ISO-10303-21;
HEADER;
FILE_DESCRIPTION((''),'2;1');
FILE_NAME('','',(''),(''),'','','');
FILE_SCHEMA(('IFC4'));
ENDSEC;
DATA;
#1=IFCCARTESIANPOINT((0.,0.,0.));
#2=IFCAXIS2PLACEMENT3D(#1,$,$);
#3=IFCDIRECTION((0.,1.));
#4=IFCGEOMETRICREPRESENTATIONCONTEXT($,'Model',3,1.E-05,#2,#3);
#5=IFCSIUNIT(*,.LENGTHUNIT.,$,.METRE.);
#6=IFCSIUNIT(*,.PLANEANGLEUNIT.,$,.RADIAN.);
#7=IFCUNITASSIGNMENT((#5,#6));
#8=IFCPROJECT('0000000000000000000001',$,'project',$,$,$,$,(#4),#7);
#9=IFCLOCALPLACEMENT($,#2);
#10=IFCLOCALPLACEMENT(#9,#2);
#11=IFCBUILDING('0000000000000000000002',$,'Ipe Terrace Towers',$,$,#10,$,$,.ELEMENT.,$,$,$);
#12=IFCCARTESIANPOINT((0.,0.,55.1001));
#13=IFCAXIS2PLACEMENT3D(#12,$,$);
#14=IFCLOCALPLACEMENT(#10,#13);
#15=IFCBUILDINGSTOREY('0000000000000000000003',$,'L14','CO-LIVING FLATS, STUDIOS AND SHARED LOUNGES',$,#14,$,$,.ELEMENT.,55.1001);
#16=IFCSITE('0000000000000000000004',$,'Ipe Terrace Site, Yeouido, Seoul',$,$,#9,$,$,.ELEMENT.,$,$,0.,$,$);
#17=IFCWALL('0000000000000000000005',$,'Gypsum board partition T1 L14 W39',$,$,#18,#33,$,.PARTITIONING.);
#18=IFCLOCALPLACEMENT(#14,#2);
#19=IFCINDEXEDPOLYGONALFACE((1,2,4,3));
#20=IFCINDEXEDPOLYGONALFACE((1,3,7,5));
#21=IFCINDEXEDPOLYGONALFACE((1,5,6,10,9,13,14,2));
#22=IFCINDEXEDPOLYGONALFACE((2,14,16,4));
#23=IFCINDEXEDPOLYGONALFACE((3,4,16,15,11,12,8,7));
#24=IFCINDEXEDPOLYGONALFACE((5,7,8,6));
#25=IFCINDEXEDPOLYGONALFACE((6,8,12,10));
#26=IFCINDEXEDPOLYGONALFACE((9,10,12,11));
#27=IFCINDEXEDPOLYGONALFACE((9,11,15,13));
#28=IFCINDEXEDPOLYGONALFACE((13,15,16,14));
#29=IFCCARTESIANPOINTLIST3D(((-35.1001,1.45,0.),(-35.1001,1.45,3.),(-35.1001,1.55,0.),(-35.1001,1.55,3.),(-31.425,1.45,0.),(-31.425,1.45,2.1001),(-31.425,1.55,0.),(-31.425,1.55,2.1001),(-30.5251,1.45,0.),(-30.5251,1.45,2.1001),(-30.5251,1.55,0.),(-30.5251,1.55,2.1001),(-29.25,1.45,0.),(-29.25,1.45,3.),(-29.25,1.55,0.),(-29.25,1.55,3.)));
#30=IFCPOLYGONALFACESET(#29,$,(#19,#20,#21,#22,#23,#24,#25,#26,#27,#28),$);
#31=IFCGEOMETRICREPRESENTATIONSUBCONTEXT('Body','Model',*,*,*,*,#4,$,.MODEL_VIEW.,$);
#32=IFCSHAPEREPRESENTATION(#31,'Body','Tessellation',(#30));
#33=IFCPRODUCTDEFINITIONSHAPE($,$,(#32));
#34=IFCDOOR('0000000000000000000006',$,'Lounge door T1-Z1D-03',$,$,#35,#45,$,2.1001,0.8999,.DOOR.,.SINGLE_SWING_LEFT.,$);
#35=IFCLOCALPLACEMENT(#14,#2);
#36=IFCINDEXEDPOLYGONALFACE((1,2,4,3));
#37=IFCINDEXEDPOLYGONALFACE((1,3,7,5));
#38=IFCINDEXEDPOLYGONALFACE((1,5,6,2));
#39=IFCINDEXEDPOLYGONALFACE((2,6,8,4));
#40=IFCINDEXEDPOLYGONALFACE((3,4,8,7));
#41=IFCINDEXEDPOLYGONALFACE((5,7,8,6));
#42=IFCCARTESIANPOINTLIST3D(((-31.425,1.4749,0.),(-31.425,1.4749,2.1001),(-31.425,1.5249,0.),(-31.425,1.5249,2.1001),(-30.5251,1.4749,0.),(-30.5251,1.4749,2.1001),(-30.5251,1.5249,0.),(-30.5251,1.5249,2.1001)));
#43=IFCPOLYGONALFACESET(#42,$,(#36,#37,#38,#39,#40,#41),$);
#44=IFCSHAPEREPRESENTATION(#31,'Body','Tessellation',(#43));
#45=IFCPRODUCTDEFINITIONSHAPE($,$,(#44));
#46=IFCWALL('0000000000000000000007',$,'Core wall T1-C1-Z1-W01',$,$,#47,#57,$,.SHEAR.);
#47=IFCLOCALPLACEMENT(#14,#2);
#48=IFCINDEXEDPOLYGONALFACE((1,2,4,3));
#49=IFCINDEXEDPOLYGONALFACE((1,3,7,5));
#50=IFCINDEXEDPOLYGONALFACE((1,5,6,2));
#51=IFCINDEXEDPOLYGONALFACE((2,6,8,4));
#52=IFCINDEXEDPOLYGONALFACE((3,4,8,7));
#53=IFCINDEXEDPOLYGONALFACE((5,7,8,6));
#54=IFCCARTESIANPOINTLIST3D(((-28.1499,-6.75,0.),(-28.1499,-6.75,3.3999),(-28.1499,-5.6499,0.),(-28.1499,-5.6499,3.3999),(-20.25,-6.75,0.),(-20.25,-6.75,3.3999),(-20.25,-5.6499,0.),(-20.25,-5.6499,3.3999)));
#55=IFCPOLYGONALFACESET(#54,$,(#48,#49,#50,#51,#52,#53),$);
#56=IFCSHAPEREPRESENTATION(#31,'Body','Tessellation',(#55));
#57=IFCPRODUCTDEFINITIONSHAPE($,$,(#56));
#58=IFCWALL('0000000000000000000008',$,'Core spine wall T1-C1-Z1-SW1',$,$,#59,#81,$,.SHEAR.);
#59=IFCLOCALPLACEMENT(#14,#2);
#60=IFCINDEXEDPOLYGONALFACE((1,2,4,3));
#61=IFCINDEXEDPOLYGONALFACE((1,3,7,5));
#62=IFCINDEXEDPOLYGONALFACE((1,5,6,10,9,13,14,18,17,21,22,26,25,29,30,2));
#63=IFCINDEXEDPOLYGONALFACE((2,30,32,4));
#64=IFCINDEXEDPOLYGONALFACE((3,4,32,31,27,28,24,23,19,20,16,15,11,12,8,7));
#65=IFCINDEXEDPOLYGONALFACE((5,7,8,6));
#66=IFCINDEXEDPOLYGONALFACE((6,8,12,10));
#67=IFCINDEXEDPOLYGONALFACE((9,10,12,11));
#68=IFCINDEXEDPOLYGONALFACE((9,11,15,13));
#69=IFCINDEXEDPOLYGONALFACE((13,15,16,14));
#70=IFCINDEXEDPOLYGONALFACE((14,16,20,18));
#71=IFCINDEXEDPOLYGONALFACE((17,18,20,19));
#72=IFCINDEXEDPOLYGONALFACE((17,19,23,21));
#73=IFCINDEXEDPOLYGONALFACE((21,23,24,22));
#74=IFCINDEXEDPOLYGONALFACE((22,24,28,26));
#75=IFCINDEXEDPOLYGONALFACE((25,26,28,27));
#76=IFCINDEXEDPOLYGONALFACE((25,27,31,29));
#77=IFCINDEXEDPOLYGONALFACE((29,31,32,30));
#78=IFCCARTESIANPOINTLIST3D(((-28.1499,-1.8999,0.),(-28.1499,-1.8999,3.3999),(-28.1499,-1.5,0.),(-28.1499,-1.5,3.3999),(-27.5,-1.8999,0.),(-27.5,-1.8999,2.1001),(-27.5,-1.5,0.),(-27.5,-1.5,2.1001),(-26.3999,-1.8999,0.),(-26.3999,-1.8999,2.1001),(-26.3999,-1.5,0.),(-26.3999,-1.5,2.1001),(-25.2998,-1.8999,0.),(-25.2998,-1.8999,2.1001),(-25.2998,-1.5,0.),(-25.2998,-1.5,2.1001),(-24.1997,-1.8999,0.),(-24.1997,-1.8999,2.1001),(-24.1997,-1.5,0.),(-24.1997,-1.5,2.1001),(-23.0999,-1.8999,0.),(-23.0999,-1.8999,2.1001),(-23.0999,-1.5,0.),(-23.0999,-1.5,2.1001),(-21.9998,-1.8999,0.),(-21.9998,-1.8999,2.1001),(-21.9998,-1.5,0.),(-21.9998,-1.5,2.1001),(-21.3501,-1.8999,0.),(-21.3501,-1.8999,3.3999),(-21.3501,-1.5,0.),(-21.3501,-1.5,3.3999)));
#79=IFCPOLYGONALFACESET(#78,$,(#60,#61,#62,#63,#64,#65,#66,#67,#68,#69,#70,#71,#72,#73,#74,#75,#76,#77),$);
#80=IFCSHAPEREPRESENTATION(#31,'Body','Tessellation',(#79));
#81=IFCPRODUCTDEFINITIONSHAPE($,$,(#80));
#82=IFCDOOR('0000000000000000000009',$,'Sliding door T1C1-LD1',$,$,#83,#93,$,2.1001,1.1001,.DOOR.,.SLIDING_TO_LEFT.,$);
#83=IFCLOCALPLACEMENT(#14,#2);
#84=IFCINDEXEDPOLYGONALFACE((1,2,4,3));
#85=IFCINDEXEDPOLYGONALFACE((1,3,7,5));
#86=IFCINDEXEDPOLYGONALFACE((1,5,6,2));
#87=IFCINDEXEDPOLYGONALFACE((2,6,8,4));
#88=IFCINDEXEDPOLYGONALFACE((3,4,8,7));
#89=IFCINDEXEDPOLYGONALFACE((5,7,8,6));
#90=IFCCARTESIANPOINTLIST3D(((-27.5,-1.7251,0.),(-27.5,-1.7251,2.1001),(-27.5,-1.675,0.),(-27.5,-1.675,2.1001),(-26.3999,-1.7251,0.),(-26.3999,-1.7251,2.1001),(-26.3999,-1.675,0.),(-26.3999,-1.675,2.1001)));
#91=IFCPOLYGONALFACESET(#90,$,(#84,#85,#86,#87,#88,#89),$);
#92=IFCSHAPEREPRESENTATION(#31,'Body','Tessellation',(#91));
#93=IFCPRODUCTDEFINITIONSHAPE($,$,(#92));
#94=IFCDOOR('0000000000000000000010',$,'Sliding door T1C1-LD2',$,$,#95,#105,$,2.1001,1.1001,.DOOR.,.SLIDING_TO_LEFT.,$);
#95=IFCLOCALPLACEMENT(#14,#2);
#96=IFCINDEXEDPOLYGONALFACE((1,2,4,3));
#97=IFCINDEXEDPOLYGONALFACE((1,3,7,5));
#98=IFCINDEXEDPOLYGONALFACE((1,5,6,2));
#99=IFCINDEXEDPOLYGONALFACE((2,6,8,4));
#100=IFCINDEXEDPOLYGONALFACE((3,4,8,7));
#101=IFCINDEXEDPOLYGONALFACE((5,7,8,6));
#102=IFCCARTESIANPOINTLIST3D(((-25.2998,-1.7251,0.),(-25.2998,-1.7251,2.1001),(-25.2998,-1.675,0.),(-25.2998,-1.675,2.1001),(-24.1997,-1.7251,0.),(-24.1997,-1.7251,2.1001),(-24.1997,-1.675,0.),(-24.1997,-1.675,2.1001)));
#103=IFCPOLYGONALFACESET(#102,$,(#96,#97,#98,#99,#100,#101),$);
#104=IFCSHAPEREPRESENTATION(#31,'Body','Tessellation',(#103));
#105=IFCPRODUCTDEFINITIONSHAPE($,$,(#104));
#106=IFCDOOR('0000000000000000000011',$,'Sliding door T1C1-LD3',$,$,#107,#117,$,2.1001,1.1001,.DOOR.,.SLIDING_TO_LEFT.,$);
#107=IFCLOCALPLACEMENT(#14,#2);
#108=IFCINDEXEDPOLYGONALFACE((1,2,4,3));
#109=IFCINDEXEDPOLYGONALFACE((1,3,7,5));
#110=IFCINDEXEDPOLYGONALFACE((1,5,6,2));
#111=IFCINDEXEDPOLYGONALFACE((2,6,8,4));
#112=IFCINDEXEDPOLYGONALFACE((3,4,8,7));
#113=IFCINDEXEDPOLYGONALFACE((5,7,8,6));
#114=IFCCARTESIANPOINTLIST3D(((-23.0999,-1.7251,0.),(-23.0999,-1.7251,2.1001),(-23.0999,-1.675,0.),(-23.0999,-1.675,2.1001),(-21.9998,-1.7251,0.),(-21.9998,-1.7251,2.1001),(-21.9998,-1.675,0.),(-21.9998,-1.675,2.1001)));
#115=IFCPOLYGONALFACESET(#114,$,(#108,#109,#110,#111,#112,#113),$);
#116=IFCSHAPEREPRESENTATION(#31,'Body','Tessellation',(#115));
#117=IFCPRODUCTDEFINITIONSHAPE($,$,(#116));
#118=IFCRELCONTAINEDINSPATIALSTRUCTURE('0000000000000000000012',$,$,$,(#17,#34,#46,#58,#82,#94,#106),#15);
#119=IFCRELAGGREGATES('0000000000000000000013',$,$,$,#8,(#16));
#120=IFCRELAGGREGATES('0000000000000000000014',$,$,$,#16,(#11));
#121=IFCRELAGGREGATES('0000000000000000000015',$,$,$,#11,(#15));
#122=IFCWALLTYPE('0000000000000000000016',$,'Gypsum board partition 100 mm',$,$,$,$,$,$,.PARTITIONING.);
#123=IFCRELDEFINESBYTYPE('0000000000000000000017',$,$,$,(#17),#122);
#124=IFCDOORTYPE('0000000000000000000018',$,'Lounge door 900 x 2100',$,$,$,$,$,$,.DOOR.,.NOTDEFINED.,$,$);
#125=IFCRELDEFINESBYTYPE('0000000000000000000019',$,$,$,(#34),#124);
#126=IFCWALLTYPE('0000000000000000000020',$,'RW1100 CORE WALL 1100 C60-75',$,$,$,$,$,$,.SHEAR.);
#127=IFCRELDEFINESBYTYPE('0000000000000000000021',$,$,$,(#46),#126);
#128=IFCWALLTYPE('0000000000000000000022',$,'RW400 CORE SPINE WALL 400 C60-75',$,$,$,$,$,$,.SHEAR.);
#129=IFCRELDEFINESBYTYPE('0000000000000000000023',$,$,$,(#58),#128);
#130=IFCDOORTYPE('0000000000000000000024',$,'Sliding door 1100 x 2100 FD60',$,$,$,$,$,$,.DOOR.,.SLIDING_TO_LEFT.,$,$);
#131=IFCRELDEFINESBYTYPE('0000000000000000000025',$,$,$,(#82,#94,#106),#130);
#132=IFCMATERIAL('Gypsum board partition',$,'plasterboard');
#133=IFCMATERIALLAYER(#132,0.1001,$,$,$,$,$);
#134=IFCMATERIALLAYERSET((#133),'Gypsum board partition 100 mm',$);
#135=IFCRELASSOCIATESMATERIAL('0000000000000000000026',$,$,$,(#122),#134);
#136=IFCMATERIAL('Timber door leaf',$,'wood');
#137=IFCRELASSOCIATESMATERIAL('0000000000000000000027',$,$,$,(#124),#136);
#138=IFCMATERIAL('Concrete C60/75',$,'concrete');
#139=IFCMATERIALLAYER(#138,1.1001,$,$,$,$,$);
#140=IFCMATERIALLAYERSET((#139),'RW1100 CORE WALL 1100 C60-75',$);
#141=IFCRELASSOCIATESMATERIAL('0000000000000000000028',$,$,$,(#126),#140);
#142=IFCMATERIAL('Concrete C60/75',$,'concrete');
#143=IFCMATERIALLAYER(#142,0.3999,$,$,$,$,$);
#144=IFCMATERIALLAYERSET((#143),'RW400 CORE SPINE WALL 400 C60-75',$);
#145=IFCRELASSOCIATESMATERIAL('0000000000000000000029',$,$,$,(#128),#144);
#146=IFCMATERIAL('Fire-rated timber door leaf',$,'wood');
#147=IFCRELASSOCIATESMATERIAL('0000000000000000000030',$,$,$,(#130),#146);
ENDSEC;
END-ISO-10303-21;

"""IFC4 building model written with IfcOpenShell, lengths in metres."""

from ifc_helpers import new_model, si_unit, direction, frame, frame_2d, origin, place, context, subcontext, project, spatial, rectangle, extrude, material, layer, layer_set, type_object, element, fill, save


model = new_model("IFC4")

# Units and contexts
model_context = context("Model", 3, precision=1e-05, world=origin(), true_north=direction((0.0, 1.0)))
body_context = subcontext(model_context, "Body", "Model", "MODEL_VIEW")
ifc_project = project(units=[si_unit("LENGTHUNIT", "METRE"), si_unit("PLANEANGLEUNIT", "RADIAN")], contexts=[model_context])

# Site, building, storey
site_placement = place(None, origin())
site = spatial("IfcSite", under=ifc_project, at=site_placement, Name="Ipe Terrace Site, Yeouido, Seoul", CompositionType="ELEMENT", RefElevation=0.0)
building_placement = place(site_placement, origin())
building = spatial("IfcBuilding", under=site, at=building_placement, Name="Ipe Terrace Towers", CompositionType="ELEMENT")
storey_placement = place(building_placement, frame((0.0, 0.0, 55.1001)))
storey = spatial("IfcBuildingStorey", under=building, at=storey_placement, Name="L14", Description="CO-LIVING FLATS, STUDIOS AND SHARED LOUNGES", CompositionType="ELEMENT", Elevation=55.1001)

# Shared definitions
ifc_material_1 = material(Name="Gypsum board partition", Category="plasterboard")
ifc_layer_1 = layer(ifc_material_1, 0.1001)
ifc_layer_set_1 = layer_set([ifc_layer_1], Name="Gypsum board partition 100 mm")
wall_type_1 = type_object("IfcWallType", Name="Gypsum board partition 100 mm", PredefinedType="PARTITIONING", material=ifc_layer_set_1)

# Shared definitions
ifc_material_2 = material(Name="Timber door leaf", Category="wood")
door_type_1 = type_object("IfcDoorType", Name="Lounge door 900 x 2100", OperationType="NOTDEFINED", PredefinedType="DOOR", material=ifc_material_2)

# Wall, opening, door
wall_1_placement = place(storey_placement, frame((-35.1001, 1.5, 0.0), z_axis=(0.0, 0.0, 1.0), x_axis=(1.0, 0.0, 0.0)))
wall_1 = element("IfcWall", 1, at=wall_1_placement, inside=storey, type_object=wall_type_1, Name="Gypsum board partition T1 L14 W39", PredefinedType="PARTITIONING", context=body_context, shape_type="SweptSolid", body=[
    extrude(rectangle(XDim=5.8501, YDim=0.1001, at=frame_2d((2.925, 0.0))), origin(), (0.0, 0.0, 1.0), 3.0),
])
opening_1_placement = place(wall_1_placement, frame((3.675, 0.0, 0.0)))
opening_1 = element("IfcOpeningElement", 2, at=opening_1_placement, cuts=wall_1, PredefinedType="OPENING", context=body_context, shape_type="SweptSolid", body=[
    extrude(rectangle(XDim=0.8999, YDim=2.1001, at=frame_2d((0.45, 1.05))), frame((0.0, 0.0601, 0.0), z_axis=(0.0, -1.0, 0.0), x_axis=(1.0, 0.0, 0.0)), (0.0, 0.0, 1.0), 0.1201),
])
door_1_placement = place(opening_1_placement, origin())
door_1 = element("IfcDoor", 3, at=door_1_placement, inside=storey, type_object=door_type_1, Name="Lounge door T1-Z1D-03", OperationType="SINGLE_SWING_LEFT", OverallHeight=2.1001, OverallWidth=0.8999, PredefinedType="DOOR", context=body_context, shape_type="SweptSolid", body=[
    extrude(rectangle(XDim=0.8999, YDim=2.1001, at=frame_2d((0.45, 1.05))), frame((0.0, 0.0249, 0.0), z_axis=(0.0, -1.0, 0.0), x_axis=(1.0, 0.0, 0.0)), (0.0, 0.0, 1.0), 0.05),
])
fill(opening_1, door_1)

# Wall
ifc_material_3 = material(Name="Concrete C60/75", Category="concrete")
ifc_layer_2 = layer(ifc_material_3, 1.1001)
ifc_layer_set_2 = layer_set([ifc_layer_2], Name="RW1100 CORE WALL 1100 C60-75")
wall_type_2 = type_object("IfcWallType", Name="RW1100 CORE WALL 1100 C60-75", PredefinedType="SHEAR", material=ifc_layer_set_2)
wall_2_placement = place(storey_placement, frame((-28.1499, -6.2, 0.0), z_axis=(0.0, 0.0, 1.0), x_axis=(1.0, 0.0, 0.0)))
element("IfcWall", 4, at=wall_2_placement, inside=storey, type_object=wall_type_2, Name="Core wall T1-C1-Z1-W01", PredefinedType="SHEAR", context=body_context, shape_type="SweptSolid", body=[
    extrude(rectangle(XDim=7.8999, YDim=1.1001, at=frame_2d((3.95, 0.0))), origin(), (0.0, 0.0, 1.0), 3.3999),
])

# Wall, openings, doors
ifc_material_4 = material(Name="Concrete C60/75", Category="concrete")
ifc_layer_3 = layer(ifc_material_4, 0.3999)
ifc_layer_set_3 = layer_set([ifc_layer_3], Name="RW400 CORE SPINE WALL 400 C60-75")
wall_type_3 = type_object("IfcWallType", Name="RW400 CORE SPINE WALL 400 C60-75", PredefinedType="SHEAR", material=ifc_layer_set_3)
wall_3_placement = place(storey_placement, frame((-28.1499, -1.7, 0.0), z_axis=(0.0, 0.0, 1.0), x_axis=(1.0, 0.0, 0.0)))
wall_3 = element("IfcWall", 5, at=wall_3_placement, inside=storey, type_object=wall_type_3, Name="Core spine wall T1-C1-Z1-SW1", PredefinedType="SHEAR", context=body_context, shape_type="SweptSolid", body=[
    extrude(rectangle(XDim=6.7998, YDim=0.3999, at=frame_2d((3.3999, 0.0))), origin(), (0.0, 0.0, 1.0), 3.3999),
])
opening_2_placement = place(wall_3_placement, frame((0.6499, 0.0, 0.0)))
opening_2 = element("IfcOpeningElement", 6, at=opening_2_placement, cuts=wall_3, PredefinedType="OPENING", context=body_context, shape_type="SweptSolid", body=[
    extrude(rectangle(XDim=1.1001, YDim=2.1001, at=frame_2d((0.55, 1.05))), frame((0.0, 0.21, 0.0), z_axis=(0.0, -1.0, 0.0), x_axis=(1.0, 0.0, 0.0)), (0.0, 0.0, 1.0), 0.4199),
])
opening_3_placement = place(wall_3_placement, frame((2.8501, 0.0, 0.0)))
opening_3 = element("IfcOpeningElement", 7, at=opening_3_placement, cuts=wall_3, PredefinedType="OPENING", context=body_context, shape_type="SweptSolid", body=[
    extrude(rectangle(XDim=1.1001, YDim=2.1001, at=frame_2d((0.55, 1.05))), frame((0.0, 0.21, 0.0), z_axis=(0.0, -1.0, 0.0), x_axis=(1.0, 0.0, 0.0)), (0.0, 0.0, 1.0), 0.4199),
])
opening_4_placement = place(wall_3_placement, frame((5.05, 0.0, 0.0)))
opening_4 = element("IfcOpeningElement", 8, at=opening_4_placement, cuts=wall_3, PredefinedType="OPENING", context=body_context, shape_type="SweptSolid", body=[
    extrude(rectangle(XDim=1.1001, YDim=2.1001, at=frame_2d((0.55, 1.05))), frame((0.0, 0.21, 0.0), z_axis=(0.0, -1.0, 0.0), x_axis=(1.0, 0.0, 0.0)), (0.0, 0.0, 1.0), 0.4199),
])
ifc_material_5 = material(Name="Fire-rated timber door leaf", Category="wood")
door_type_2 = type_object("IfcDoorType", Name="Sliding door 1100 x 2100 FD60", OperationType="SLIDING_TO_LEFT", PredefinedType="DOOR", material=ifc_material_5)
door_2_placement = place(opening_2_placement, origin())
door_2 = element("IfcDoor", 9, at=door_2_placement, inside=storey, type_object=door_type_2, Name="Sliding door T1C1-LD1", OperationType="SLIDING_TO_LEFT", OverallHeight=2.1001, OverallWidth=1.1001, PredefinedType="DOOR", context=body_context, shape_type="SweptSolid", body=[
    extrude(rectangle(XDim=1.1001, YDim=2.1001, at=frame_2d((0.55, 1.05))), frame((0.0, 0.0249, 0.0), z_axis=(0.0, -1.0, 0.0), x_axis=(1.0, 0.0, 0.0)), (0.0, 0.0, 1.0), 0.05),
])
fill(opening_2, door_2)
door_3_placement = place(opening_3_placement, origin())
door_3 = element("IfcDoor", 10, at=door_3_placement, inside=storey, type_object=door_type_2, Name="Sliding door T1C1-LD2", OperationType="SLIDING_TO_LEFT", OverallHeight=2.1001, OverallWidth=1.1001, PredefinedType="DOOR", context=body_context, shape_type="SweptSolid", body=[
    extrude(rectangle(XDim=1.1001, YDim=2.1001, at=frame_2d((0.55, 1.05))), frame((0.0, 0.0249, 0.0), z_axis=(0.0, -1.0, 0.0), x_axis=(1.0, 0.0, 0.0)), (0.0, 0.0, 1.0), 0.05),
])
fill(opening_3, door_3)
door_4_placement = place(opening_4_placement, origin())
door_4 = element("IfcDoor", 11, at=door_4_placement, inside=storey, type_object=door_type_2, Name="Sliding door T1C1-LD3", OperationType="SLIDING_TO_LEFT", OverallHeight=2.1001, OverallWidth=1.1001, PredefinedType="DOOR", context=body_context, shape_type="SweptSolid", body=[
    extrude(rectangle(XDim=1.1001, YDim=2.1001, at=frame_2d((0.55, 1.05))), frame((0.0, 0.0249, 0.0), z_axis=(0.0, -1.0, 0.0), x_axis=(1.0, 0.0, 0.0)), (0.0, 0.0, 1.0), 0.05),
])
fill(opening_4, door_4)

save(model, "model.ifc")
